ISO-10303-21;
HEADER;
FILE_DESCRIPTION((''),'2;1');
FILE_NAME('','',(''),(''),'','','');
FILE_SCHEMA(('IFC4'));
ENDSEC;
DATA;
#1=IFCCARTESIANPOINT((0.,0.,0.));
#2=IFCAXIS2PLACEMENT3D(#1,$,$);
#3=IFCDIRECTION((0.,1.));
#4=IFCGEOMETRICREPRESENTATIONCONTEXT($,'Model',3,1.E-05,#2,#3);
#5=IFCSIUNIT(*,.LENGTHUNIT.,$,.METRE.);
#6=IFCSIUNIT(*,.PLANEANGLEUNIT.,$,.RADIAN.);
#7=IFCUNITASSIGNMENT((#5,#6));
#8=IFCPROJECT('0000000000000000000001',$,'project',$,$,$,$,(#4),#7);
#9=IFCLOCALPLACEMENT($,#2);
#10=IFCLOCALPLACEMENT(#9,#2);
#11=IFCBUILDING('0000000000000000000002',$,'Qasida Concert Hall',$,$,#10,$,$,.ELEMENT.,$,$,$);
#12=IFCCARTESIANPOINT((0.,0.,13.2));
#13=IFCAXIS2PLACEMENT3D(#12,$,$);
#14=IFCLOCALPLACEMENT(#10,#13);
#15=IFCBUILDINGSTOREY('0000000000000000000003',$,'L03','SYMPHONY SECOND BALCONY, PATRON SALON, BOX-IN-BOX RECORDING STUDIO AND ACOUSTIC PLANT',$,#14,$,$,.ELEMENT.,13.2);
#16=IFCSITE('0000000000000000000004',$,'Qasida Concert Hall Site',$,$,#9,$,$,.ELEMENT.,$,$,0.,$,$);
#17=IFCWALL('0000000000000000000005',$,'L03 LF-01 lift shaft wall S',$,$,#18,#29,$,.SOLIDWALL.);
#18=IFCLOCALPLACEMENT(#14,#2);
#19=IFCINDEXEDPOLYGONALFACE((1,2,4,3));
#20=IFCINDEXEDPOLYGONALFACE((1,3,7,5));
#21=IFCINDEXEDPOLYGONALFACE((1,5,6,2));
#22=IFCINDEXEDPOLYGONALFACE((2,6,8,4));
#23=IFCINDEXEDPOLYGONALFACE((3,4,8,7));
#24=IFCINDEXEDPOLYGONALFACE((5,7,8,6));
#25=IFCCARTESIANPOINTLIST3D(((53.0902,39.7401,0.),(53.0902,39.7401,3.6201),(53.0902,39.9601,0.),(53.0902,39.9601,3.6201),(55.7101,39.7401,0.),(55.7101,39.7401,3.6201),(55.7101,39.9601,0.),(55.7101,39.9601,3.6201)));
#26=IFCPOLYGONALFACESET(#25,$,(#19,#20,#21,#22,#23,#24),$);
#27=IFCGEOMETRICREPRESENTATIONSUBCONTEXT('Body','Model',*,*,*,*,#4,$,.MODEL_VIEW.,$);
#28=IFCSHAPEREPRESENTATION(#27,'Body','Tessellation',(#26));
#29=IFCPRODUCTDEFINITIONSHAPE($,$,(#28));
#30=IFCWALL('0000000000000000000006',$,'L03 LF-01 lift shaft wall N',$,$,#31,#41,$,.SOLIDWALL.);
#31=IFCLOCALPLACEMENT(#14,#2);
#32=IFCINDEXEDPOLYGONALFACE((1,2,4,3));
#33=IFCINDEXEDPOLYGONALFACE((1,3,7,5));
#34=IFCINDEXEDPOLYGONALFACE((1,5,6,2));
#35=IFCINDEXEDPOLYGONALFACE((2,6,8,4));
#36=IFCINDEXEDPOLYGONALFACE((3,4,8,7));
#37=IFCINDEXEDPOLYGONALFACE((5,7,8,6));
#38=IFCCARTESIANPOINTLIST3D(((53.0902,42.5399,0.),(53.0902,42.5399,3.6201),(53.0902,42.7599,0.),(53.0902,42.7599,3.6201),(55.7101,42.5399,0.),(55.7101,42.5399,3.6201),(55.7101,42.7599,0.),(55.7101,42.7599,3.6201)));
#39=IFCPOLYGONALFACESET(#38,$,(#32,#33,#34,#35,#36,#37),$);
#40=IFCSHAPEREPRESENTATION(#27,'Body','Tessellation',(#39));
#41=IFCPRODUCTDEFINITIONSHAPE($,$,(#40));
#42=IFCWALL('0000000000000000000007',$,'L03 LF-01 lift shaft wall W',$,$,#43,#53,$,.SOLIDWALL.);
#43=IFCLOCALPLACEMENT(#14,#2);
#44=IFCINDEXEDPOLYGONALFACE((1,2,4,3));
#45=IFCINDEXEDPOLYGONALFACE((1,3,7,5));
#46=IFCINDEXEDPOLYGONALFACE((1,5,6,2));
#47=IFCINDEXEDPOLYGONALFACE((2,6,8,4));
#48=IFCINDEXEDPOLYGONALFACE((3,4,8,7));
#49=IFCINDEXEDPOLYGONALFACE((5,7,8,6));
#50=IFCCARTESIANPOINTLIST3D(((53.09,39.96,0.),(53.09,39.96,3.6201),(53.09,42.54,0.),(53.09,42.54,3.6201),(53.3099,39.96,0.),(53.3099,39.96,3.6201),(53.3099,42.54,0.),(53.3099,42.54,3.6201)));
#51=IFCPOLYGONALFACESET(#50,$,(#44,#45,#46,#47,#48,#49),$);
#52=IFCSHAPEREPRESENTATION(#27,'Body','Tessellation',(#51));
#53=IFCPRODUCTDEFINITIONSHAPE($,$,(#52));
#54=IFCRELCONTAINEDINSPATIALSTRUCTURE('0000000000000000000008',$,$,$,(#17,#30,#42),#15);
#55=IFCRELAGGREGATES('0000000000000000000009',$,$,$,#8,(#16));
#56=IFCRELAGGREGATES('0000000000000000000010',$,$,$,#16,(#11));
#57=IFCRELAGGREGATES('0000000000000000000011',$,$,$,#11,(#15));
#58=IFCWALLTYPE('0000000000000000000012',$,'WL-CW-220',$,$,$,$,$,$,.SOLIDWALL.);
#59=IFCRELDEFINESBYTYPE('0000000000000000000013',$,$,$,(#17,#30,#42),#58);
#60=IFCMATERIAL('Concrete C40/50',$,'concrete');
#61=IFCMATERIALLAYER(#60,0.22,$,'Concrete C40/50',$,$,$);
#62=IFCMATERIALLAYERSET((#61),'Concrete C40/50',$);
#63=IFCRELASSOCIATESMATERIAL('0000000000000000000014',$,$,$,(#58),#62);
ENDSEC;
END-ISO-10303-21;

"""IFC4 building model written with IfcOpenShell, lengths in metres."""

from ifc_helpers import new_model, si_unit, direction, frame, frame_2d, origin, place, context, subcontext, project, spatial, rectangle, extrude, material, layer, layer_set, type_object, element, save


model = new_model("IFC4")

# Units and contexts
model_context = context("Model", 3, precision=1e-05, world=origin(), true_north=direction((0.0, 1.0)))
body_context = subcontext(model_context, "Body", "Model", "MODEL_VIEW")
ifc_project = project(units=[si_unit("LENGTHUNIT", "METRE"), si_unit("PLANEANGLEUNIT", "RADIAN")], contexts=[model_context])

# Site, building, storey
site_placement = place(None, origin())
site = spatial("IfcSite", under=ifc_project, at=site_placement, Name="Qasida Concert Hall Site", CompositionType="ELEMENT", RefElevation=0.0)
building_placement = place(site_placement, origin())
building = spatial("IfcBuilding", under=site, at=building_placement, Name="Qasida Concert Hall", CompositionType="ELEMENT")
storey_placement = place(building_placement, frame((0.0, 0.0, 13.2)))
storey = spatial("IfcBuildingStorey", under=building, at=storey_placement, Name="L03", Description="SYMPHONY SECOND BALCONY, PATRON SALON, BOX-IN-BOX RECORDING STUDIO AND ACOUSTIC PLANT", CompositionType="ELEMENT", Elevation=13.2)

# Shared definitions
ifc_material_1 = material(Name="Concrete C40/50", Category="concrete")

# Walls
ifc_layer_1 = layer(ifc_material_1, 0.22, Name="Concrete C40/50")
ifc_layer_set_1 = layer_set([ifc_layer_1], Name="Concrete C40/50")
wall_type = type_object("IfcWallType", Name="WL-CW-220", PredefinedType="SOLIDWALL", material=ifc_layer_set_1)
for number, where, z_axis, x_axis, name in (
    (1, (53.0901, 39.8501, 0.0), (0.0, 0.0, 1.0), (1.0, 0.0, 0.0), "L03 LF-01 lift shaft wall S"),
    (2, (53.0901, 42.6499, 0.0), (0.0, 0.0, 1.0), (1.0, 0.0, 0.0), "L03 LF-01 lift shaft wall N"),
):
    element("IfcWall", number, at=place(storey_placement, frame(where, z_axis=z_axis, x_axis=x_axis)), inside=storey, type_object=wall_type, Name=name, PredefinedType="SOLIDWALL", context=body_context, shape_type="SweptSolid", body=[
        extrude(rectangle(XDim=2.6199, YDim=0.22, at=frame_2d((1.3101, 0.0))), origin(), (0.0, 0.0, 1.0), 3.6201),
    ])
wall_1_placement = place(storey_placement, frame((53.2, 39.96, 0.0), z_axis=(0.0, 0.0, 1.0), x_axis=(0.0, 1.0, 0.0)))
element("IfcWall", 3, at=wall_1_placement, inside=storey, type_object=wall_type, Name="L03 LF-01 lift shaft wall W", PredefinedType="SOLIDWALL", context=body_context, shape_type="SweptSolid", body=[
    extrude(rectangle(XDim=2.5801, YDim=0.22, at=frame_2d((1.29, 0.0))), origin(), (0.0, 0.0, 1.0), 3.6201),
])

save(model, "model.ifc")
